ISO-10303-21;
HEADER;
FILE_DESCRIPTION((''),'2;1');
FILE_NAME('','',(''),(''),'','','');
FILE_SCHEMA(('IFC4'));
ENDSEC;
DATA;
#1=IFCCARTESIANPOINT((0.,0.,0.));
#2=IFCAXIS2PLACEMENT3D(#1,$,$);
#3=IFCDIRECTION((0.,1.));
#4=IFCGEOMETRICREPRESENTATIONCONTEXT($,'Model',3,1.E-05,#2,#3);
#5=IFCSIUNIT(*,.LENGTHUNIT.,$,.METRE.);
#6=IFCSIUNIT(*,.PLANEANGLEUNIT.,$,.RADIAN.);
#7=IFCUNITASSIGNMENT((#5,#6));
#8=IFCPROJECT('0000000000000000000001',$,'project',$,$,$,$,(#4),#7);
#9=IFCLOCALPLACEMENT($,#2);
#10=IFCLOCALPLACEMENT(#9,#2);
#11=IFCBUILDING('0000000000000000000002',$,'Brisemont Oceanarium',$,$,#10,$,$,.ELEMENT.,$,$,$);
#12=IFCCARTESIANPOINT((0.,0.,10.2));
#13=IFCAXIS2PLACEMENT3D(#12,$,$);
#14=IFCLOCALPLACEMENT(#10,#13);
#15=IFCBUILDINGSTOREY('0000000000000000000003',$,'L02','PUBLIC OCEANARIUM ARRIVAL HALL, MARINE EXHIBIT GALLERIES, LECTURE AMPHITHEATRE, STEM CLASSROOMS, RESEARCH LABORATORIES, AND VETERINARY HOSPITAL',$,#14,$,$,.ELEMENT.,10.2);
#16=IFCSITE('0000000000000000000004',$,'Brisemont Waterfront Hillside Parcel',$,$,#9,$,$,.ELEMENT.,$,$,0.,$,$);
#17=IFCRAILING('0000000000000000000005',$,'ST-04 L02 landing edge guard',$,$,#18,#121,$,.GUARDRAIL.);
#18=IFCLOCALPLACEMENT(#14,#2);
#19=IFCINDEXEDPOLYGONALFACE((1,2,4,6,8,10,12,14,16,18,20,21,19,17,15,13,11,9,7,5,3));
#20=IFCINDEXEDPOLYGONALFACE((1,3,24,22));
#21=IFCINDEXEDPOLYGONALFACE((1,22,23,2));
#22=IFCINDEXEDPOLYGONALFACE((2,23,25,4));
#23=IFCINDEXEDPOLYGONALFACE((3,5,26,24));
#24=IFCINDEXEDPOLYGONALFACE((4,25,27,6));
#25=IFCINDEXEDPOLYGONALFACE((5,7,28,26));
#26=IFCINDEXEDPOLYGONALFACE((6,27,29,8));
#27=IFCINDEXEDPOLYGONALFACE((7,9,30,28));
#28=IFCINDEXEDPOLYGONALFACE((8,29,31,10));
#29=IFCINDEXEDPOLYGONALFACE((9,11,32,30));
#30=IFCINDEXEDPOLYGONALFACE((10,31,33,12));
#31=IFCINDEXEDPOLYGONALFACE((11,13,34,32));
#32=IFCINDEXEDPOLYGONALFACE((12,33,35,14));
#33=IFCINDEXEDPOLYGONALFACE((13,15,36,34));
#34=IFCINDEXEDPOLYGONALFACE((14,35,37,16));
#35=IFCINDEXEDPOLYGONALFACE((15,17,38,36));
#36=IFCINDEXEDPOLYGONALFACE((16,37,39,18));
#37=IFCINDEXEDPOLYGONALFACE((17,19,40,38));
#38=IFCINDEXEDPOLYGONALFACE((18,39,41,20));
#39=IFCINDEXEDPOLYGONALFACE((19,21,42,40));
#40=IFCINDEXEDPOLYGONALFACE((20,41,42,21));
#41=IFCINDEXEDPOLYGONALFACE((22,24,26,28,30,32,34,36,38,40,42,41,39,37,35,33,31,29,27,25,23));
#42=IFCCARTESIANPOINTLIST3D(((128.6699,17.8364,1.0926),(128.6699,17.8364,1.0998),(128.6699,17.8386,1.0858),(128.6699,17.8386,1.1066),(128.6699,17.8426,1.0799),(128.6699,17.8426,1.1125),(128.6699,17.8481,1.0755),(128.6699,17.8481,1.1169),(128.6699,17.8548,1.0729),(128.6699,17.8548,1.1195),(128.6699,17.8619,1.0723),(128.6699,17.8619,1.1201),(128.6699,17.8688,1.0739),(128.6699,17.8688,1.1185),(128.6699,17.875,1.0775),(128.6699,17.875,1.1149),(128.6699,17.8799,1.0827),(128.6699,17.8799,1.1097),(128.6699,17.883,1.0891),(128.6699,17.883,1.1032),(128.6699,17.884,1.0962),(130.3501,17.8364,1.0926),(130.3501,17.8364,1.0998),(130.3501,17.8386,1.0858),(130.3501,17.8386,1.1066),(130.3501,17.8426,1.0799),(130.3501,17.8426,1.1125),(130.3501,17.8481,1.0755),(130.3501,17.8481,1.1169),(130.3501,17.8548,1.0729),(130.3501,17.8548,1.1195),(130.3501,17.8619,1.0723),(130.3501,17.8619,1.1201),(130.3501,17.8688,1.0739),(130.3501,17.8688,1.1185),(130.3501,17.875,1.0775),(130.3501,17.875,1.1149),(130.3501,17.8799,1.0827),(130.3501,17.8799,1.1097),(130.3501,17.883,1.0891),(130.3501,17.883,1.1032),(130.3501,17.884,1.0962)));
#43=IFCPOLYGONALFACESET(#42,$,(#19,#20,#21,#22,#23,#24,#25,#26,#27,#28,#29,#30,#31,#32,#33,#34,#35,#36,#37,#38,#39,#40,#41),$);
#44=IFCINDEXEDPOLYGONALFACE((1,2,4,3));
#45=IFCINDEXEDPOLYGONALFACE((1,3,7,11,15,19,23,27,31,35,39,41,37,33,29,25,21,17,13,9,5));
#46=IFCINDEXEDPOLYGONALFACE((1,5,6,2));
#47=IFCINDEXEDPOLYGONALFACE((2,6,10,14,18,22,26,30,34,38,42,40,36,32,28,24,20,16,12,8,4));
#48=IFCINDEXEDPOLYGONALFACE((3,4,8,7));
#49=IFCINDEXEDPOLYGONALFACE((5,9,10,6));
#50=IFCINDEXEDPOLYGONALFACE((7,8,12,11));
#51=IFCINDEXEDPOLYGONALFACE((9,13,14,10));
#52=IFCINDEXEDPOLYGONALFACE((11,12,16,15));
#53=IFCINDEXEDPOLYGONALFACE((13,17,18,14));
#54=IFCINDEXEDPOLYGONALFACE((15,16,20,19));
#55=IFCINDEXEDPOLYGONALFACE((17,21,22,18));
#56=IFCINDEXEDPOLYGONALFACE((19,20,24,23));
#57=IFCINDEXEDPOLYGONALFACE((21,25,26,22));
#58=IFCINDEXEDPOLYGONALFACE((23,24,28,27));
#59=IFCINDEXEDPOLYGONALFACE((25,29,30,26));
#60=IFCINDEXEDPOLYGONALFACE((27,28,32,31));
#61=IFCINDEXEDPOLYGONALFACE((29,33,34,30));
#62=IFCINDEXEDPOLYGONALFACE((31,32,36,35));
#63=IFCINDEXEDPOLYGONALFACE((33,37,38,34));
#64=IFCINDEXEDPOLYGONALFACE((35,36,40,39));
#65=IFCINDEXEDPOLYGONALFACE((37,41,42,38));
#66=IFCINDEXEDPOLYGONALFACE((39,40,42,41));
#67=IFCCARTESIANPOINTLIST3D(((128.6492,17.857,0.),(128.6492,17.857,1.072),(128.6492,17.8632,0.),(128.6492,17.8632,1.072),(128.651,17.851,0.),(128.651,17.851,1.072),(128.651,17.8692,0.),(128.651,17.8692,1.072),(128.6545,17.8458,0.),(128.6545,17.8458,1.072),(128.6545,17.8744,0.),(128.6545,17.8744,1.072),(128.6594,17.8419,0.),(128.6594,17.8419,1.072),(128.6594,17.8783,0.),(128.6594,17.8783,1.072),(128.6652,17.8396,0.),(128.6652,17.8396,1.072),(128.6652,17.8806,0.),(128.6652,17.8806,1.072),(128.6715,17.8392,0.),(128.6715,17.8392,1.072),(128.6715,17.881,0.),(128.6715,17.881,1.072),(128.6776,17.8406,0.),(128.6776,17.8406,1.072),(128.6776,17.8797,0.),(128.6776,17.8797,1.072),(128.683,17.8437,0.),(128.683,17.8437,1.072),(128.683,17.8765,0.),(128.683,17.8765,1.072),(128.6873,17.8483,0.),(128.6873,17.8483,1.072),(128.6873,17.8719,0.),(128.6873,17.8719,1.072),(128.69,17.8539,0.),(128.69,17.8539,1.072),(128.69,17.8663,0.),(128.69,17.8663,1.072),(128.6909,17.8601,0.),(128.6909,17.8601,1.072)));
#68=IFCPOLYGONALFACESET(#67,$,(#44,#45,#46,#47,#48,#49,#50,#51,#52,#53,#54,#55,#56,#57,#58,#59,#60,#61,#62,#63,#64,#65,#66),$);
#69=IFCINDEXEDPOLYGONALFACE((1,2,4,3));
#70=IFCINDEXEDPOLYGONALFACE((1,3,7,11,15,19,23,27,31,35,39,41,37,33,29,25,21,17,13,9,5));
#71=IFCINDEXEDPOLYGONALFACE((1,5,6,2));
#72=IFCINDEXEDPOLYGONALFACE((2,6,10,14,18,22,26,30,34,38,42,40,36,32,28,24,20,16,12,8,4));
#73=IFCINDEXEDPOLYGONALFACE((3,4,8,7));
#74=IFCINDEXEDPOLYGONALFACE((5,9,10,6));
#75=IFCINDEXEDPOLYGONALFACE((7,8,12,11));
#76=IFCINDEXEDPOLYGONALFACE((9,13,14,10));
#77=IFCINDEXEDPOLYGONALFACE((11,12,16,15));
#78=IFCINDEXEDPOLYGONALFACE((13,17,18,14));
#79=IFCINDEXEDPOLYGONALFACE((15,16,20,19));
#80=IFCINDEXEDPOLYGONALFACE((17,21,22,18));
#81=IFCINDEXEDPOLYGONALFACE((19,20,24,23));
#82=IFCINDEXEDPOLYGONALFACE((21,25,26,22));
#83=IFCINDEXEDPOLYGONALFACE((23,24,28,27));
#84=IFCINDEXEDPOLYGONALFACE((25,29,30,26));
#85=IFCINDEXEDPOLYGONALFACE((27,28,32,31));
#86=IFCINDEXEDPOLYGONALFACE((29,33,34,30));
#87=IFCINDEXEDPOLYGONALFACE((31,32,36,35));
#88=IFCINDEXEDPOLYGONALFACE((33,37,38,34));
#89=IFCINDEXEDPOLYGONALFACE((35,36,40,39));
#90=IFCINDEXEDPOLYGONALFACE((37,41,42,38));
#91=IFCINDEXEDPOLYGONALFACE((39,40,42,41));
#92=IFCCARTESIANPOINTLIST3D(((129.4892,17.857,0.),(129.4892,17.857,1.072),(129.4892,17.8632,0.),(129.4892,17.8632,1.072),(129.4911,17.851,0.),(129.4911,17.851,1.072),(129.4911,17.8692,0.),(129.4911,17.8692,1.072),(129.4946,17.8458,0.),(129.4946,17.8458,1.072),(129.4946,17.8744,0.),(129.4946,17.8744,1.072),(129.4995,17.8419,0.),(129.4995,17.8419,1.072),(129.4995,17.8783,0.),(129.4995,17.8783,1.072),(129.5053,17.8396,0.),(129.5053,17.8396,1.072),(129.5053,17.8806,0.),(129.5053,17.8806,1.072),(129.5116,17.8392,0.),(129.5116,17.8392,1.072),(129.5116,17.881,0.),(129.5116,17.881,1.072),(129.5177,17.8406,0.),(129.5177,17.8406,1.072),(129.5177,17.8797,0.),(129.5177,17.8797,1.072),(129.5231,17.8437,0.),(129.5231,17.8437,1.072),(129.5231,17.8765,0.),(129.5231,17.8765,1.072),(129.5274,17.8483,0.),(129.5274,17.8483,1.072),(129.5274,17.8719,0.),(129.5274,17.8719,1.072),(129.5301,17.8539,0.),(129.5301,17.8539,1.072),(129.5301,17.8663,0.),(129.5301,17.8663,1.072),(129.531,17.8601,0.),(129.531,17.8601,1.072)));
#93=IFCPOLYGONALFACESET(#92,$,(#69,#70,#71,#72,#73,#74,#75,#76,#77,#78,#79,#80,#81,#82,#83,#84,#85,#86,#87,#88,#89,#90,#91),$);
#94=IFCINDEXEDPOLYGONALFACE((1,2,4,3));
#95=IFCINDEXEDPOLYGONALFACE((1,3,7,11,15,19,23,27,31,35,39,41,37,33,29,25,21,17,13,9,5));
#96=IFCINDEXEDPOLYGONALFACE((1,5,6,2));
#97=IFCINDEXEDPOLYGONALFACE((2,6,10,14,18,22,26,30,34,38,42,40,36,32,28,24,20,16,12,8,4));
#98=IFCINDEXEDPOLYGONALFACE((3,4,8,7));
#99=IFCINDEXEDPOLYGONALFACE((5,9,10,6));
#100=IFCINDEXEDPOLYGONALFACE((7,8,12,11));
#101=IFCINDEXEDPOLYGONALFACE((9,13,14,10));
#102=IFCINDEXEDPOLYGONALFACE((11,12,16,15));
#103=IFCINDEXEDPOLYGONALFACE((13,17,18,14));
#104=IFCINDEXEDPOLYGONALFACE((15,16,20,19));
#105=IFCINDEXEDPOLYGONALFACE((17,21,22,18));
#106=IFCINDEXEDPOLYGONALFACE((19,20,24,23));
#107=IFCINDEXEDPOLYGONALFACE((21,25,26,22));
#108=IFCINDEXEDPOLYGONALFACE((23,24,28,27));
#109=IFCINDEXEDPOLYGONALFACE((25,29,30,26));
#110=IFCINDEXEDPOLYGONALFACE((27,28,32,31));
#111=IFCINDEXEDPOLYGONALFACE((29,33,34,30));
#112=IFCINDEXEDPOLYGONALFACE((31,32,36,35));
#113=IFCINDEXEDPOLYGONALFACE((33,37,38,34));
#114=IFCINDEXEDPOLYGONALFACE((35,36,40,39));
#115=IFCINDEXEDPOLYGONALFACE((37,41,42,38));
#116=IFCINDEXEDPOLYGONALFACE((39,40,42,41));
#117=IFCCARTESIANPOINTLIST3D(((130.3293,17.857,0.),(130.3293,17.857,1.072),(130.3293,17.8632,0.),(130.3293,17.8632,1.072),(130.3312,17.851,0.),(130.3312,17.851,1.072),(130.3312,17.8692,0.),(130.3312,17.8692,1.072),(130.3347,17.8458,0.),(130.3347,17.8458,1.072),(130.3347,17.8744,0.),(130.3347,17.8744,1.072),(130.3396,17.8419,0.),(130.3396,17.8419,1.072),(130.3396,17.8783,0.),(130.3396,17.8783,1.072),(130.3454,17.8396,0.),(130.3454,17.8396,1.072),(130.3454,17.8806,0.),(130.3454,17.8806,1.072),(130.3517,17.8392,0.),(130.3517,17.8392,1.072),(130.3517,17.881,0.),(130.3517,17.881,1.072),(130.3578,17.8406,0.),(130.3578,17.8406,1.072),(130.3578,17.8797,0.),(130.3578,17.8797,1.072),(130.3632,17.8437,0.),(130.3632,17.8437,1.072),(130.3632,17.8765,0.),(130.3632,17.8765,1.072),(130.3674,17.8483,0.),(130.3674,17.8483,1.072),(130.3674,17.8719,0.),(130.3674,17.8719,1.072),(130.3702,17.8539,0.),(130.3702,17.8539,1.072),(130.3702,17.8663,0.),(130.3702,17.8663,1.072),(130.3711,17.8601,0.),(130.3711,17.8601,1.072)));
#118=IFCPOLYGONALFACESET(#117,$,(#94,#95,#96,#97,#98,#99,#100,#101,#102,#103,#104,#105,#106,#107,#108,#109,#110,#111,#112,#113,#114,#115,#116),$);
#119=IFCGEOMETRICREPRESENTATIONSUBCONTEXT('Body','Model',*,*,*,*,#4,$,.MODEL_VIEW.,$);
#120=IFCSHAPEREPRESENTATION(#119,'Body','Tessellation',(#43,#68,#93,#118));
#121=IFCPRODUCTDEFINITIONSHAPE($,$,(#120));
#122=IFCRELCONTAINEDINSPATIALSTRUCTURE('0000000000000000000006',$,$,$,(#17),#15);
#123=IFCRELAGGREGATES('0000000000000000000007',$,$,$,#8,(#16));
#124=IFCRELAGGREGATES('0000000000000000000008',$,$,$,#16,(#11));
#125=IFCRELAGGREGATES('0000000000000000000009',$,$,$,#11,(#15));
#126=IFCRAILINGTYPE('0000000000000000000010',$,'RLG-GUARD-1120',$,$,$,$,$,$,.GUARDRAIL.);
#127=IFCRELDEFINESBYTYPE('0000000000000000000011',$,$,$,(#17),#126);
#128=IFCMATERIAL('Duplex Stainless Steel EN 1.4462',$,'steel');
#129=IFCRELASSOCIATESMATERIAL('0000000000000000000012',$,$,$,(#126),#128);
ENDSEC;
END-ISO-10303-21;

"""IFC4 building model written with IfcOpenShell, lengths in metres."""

from ifc_helpers import new_model, si_unit, direction, frame, origin, origin_2d, place, context, subcontext, project, spatial, circle, extrude, material, type_object, element, save


model = new_model("IFC4")

# Units and contexts
model_context = context("Model", 3, precision=1e-05, world=origin(), true_north=direction((0.0, 1.0)))
body_context = subcontext(model_context, "Body", "Model", "MODEL_VIEW")
ifc_project = project(units=[si_unit("LENGTHUNIT", "METRE"), si_unit("PLANEANGLEUNIT", "RADIAN")], contexts=[model_context])

# Site, building, storey
site_placement = place(None, origin())
site = spatial("IfcSite", under=ifc_project, at=site_placement, Name="Brisemont Waterfront Hillside Parcel", CompositionType="ELEMENT", RefElevation=0.0)
building_placement = place(site_placement, origin())
building = spatial("IfcBuilding", under=site, at=building_placement, Name="Brisemont Oceanarium", CompositionType="ELEMENT")
storey_placement = place(building_placement, frame((0.0, 0.0, 10.2)))
storey = spatial("IfcBuildingStorey", under=building, at=storey_placement, Name="L02", Description="PUBLIC OCEANARIUM ARRIVAL HALL, MARINE EXHIBIT GALLERIES, LECTURE AMPHITHEATRE, STEM CLASSROOMS, RESEARCH LABORATORIES, AND VETERINARY HOSPITAL", CompositionType="ELEMENT", Elevation=10.2)

# Railing
ifc_material_1 = material(Name="Duplex Stainless Steel EN 1.4462", Category="steel")
railing_type_1 = type_object("IfcRailingType", Name="RLG-GUARD-1120", PredefinedType="GUARDRAIL", material=ifc_material_1)
railing_1_placement = place(storey_placement, frame((128.6699, 17.8601, 0.0)))
element("IfcRailing", 1, at=railing_1_placement, inside=storey, type_object=railing_type_1, Name="ST-04 L02 landing edge guard", PredefinedType="GUARDRAIL", context=body_context, shape_type="SweptSolid", body=[
    extrude(circle(Radius=0.0239, at=origin_2d()), frame((0.0, 0.0, 1.0962), z_axis=(1.0, 0.0, 0.0), x_axis=(0.0, 1.0, 0.0)), (0.0, 0.0, 1.0), 1.6802),
    extrude(circle(Radius=0.021, at=origin_2d()), origin(), (0.0, 0.0, 1.0), 1.072),
    extrude(circle(Radius=0.021, at=origin_2d()), frame((0.8401, 0.0, 0.0)), (0.0, 0.0, 1.0), 1.072),
    extrude(circle(Radius=0.021, at=origin_2d()), frame((1.6802, 0.0, 0.0)), (0.0, 0.0, 1.0), 1.072),
])

save(model, "model.ifc")
